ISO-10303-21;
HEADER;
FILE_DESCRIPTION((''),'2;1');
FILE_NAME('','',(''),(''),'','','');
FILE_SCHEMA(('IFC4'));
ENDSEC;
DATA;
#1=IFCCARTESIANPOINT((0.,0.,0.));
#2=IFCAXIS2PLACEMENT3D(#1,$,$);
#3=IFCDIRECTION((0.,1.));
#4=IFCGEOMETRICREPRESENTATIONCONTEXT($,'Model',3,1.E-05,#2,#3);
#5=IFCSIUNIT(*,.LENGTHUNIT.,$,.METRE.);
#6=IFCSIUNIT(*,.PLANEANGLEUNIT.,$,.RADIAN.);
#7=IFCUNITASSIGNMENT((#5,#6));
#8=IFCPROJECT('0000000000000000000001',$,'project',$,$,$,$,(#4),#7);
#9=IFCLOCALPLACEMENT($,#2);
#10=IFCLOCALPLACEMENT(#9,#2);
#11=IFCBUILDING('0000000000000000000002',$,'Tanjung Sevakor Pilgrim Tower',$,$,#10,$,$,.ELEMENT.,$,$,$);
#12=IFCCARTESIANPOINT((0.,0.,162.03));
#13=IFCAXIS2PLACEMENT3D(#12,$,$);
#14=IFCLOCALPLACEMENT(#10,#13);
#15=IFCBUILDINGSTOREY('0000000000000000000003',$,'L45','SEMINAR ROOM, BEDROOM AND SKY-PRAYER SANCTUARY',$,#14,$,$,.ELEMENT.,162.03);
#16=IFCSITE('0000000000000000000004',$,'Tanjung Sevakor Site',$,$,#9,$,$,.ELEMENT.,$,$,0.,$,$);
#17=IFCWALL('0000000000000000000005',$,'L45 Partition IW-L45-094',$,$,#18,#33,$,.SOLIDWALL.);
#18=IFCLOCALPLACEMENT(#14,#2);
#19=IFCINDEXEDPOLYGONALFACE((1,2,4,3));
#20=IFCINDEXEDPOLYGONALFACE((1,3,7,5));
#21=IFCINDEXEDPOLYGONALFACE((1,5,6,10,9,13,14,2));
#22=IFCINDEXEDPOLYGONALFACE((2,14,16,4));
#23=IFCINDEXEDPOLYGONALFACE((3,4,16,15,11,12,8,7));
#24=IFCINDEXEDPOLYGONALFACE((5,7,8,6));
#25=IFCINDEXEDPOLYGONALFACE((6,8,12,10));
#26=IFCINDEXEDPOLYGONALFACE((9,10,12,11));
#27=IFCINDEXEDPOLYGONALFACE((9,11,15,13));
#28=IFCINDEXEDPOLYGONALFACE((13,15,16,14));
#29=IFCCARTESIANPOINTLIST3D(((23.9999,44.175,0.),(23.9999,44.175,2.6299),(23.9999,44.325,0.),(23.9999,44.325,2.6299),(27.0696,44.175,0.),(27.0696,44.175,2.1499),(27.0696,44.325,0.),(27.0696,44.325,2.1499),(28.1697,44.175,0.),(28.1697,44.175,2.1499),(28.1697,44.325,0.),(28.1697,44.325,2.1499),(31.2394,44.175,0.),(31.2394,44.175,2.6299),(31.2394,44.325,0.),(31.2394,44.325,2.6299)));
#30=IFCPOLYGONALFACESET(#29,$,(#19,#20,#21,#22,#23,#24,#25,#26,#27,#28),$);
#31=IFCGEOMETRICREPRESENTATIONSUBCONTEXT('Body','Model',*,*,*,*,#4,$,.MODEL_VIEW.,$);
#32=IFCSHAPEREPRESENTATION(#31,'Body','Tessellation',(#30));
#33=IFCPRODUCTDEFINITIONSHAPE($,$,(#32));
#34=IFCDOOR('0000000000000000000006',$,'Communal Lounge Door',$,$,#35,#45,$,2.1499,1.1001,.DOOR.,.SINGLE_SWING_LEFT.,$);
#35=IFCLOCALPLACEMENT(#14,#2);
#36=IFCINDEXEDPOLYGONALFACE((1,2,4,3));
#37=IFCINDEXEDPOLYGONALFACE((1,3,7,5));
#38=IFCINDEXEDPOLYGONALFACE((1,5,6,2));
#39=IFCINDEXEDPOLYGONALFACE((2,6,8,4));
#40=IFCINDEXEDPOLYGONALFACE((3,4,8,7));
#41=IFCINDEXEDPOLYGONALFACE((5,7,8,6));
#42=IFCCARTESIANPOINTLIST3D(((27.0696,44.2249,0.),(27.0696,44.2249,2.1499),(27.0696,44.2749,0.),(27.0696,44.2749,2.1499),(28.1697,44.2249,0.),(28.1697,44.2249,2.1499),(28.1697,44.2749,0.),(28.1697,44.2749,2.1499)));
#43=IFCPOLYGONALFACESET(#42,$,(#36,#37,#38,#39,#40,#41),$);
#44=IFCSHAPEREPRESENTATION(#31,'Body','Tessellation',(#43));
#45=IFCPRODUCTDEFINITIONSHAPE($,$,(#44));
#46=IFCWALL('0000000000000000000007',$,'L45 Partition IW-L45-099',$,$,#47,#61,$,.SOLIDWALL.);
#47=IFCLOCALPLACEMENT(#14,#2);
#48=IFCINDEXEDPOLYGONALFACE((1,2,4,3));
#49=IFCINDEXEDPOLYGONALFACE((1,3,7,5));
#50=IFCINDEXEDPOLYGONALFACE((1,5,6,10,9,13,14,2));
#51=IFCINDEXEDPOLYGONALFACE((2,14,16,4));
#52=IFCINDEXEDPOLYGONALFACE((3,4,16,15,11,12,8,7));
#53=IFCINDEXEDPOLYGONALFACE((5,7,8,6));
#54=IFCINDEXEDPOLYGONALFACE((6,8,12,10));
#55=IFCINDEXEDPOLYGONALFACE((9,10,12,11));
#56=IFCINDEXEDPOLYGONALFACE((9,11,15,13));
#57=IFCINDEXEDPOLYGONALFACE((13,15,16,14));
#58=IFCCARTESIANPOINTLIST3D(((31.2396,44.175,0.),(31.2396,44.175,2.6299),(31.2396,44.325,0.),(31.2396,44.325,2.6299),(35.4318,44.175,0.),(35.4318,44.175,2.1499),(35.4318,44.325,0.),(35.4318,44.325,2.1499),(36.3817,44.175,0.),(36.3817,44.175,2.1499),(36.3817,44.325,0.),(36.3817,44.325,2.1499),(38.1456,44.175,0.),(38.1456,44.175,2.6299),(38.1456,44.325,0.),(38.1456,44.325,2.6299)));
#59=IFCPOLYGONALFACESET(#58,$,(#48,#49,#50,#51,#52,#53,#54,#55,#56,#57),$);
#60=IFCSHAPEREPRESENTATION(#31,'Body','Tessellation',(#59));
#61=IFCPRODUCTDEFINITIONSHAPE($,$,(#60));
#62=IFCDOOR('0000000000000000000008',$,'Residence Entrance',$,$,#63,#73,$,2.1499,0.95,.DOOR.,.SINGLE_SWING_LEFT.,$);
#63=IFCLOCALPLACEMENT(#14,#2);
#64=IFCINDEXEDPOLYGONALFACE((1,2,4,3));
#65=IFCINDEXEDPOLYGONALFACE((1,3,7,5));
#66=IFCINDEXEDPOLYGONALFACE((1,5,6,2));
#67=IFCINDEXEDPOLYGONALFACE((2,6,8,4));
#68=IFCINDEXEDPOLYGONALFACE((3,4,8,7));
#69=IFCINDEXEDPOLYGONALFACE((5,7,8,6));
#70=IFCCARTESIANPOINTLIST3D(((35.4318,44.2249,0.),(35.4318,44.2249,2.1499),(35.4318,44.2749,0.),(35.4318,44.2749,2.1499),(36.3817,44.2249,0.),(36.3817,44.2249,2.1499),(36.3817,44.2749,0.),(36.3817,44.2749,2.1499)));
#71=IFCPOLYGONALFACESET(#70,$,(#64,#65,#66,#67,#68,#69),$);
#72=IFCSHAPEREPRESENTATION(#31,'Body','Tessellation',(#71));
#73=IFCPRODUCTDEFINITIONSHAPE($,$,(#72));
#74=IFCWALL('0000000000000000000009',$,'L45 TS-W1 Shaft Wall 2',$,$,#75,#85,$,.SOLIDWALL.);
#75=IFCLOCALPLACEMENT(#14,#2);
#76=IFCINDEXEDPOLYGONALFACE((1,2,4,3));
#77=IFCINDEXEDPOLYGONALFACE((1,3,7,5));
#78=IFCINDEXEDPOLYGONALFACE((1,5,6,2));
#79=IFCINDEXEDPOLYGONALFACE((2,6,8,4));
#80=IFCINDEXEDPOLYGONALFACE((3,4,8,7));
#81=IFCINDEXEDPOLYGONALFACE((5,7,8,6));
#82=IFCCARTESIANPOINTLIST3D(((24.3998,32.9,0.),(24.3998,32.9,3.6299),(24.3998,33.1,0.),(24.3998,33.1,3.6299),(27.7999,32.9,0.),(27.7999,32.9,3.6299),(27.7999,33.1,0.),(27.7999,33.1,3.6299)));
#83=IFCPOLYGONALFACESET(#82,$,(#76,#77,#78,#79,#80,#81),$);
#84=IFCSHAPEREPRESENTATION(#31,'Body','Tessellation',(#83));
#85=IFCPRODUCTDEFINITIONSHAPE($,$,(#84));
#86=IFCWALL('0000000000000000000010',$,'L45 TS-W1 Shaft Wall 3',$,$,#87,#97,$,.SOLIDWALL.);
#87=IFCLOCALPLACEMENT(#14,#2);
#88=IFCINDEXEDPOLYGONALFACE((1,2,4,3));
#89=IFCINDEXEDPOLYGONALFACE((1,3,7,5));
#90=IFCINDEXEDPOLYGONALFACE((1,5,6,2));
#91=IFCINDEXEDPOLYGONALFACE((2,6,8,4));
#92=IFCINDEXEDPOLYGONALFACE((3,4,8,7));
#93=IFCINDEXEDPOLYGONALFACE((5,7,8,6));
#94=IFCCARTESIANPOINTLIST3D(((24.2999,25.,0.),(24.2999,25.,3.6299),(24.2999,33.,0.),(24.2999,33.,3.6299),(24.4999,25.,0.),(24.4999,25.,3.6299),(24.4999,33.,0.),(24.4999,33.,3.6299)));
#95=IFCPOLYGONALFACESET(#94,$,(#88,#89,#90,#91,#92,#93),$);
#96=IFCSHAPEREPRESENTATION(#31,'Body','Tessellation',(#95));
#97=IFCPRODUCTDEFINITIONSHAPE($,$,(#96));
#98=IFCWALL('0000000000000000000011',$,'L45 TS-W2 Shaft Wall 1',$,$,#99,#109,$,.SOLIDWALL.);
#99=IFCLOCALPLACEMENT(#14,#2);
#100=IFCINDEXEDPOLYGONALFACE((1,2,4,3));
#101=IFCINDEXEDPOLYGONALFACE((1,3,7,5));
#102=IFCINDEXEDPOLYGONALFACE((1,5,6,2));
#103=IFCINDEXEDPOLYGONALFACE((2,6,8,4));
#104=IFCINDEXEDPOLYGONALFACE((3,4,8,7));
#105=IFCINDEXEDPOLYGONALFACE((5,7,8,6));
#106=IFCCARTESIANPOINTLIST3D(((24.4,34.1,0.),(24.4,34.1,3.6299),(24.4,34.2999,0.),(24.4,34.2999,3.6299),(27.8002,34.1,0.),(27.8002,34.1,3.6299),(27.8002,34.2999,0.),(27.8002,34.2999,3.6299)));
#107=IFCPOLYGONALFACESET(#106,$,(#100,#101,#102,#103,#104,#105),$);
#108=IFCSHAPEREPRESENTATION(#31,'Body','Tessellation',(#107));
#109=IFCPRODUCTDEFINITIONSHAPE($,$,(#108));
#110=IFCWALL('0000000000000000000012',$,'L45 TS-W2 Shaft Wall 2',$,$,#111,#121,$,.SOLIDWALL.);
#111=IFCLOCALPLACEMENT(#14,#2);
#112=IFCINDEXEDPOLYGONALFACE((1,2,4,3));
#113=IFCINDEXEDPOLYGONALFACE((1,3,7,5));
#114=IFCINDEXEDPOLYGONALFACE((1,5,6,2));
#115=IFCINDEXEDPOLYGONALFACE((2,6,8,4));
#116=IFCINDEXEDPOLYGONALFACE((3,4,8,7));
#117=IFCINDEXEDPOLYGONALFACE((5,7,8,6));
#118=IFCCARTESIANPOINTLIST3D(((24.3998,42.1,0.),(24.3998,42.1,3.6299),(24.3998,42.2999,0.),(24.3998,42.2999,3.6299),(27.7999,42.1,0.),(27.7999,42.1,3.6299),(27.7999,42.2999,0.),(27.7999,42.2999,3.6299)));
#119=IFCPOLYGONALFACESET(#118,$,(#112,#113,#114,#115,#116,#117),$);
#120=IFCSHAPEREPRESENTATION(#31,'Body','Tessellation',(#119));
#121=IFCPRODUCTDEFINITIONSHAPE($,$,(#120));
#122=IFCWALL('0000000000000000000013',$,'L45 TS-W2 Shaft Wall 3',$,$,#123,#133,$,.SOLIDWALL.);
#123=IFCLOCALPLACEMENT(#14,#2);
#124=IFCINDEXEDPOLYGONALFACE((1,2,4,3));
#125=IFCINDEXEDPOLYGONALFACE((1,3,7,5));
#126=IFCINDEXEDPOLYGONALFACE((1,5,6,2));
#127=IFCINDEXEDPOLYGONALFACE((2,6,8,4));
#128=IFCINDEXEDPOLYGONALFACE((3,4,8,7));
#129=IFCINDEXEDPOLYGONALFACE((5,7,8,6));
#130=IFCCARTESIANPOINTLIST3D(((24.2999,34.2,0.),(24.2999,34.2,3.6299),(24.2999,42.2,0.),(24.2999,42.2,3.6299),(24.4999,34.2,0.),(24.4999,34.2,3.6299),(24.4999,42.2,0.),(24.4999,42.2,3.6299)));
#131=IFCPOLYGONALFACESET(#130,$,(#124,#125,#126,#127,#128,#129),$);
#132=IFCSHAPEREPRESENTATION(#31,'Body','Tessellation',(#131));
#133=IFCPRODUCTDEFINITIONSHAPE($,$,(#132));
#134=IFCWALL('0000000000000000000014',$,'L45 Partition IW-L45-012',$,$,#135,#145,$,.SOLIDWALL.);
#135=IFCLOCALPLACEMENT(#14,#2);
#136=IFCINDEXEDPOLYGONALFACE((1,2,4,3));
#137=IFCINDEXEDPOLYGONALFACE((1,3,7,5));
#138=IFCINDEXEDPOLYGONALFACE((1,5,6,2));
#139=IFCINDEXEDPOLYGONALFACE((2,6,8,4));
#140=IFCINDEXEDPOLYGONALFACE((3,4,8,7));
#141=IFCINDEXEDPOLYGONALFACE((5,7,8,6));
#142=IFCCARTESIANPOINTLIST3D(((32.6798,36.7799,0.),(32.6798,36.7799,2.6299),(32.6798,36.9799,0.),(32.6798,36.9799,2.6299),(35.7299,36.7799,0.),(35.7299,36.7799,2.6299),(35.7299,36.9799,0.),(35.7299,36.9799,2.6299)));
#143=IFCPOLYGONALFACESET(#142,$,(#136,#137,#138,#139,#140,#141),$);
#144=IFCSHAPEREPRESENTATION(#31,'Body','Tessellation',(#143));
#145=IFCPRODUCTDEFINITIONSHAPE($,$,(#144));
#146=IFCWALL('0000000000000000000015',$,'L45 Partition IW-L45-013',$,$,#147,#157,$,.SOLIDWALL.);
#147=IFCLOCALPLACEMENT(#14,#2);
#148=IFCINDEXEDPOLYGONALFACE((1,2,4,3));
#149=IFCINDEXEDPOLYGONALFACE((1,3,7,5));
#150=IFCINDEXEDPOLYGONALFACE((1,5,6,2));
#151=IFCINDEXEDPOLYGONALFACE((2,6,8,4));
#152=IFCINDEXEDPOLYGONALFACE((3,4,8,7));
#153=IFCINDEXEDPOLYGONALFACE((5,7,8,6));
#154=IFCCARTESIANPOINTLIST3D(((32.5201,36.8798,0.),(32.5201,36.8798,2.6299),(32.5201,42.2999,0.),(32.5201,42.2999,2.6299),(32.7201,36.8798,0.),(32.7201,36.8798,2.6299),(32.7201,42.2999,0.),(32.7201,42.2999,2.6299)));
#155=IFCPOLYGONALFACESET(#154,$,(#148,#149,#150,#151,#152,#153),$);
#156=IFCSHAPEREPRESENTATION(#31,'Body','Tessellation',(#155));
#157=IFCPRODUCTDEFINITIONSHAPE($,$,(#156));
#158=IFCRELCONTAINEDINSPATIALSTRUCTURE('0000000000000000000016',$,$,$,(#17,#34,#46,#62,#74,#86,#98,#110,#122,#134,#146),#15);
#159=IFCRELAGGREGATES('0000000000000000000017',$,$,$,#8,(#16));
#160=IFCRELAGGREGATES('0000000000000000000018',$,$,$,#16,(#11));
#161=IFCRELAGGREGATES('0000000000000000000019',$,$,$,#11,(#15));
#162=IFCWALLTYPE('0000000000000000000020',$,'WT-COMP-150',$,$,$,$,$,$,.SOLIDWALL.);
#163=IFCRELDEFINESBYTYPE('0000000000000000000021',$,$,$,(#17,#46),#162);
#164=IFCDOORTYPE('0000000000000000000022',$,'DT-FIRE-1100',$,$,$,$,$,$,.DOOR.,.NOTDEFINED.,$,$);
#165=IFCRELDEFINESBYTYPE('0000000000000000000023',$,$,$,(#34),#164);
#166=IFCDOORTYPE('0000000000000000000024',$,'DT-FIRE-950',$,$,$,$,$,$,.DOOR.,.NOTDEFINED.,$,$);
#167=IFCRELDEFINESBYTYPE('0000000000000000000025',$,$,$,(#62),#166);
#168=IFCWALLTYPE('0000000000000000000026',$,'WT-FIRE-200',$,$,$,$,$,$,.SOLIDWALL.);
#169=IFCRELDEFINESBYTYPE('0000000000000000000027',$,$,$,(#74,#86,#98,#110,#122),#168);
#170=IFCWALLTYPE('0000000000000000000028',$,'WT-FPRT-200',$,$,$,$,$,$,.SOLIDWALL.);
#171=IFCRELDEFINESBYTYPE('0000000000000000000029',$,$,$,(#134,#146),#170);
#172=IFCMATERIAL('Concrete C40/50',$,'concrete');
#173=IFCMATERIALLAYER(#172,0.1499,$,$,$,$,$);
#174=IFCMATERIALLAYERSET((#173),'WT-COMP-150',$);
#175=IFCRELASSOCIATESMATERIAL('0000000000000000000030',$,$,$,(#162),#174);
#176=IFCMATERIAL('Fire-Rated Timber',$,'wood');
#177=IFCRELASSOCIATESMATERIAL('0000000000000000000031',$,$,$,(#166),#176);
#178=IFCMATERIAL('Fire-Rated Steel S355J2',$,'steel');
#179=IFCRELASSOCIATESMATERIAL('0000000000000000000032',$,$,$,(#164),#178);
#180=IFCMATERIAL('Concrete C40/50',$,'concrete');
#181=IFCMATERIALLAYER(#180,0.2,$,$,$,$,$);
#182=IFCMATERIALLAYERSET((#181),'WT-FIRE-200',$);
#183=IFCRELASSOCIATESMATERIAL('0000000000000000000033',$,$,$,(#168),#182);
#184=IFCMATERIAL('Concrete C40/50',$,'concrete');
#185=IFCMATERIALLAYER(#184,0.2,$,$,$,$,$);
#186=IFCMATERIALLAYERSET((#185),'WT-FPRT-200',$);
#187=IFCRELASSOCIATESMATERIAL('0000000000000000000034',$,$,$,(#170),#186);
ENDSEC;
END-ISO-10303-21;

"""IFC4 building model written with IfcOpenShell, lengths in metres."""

from ifc_helpers import new_model, si_unit, direction, frame, frame_2d, origin, place, context, subcontext, project, spatial, rectangle, extrude, material, layer, layer_set, type_object, element, fill, save


model = new_model("IFC4")

# Units and contexts
model_context = context("Model", 3, precision=1e-05, world=origin(), true_north=direction((0.0, 1.0)))
body_context = subcontext(model_context, "Body", "Model", "MODEL_VIEW")
ifc_project = project(units=[si_unit("LENGTHUNIT", "METRE"), si_unit("PLANEANGLEUNIT", "RADIAN")], contexts=[model_context])

# Site, building, storey
site_placement = place(None, origin())
site = spatial("IfcSite", under=ifc_project, at=site_placement, Name="Tanjung Sevakor Site", CompositionType="ELEMENT", RefElevation=0.0)
building_placement = place(site_placement, origin())
building = spatial("IfcBuilding", under=site, at=building_placement, Name="Tanjung Sevakor Pilgrim Tower", CompositionType="ELEMENT")
storey_placement = place(building_placement, frame((0.0, 0.0, 162.03)))
storey = spatial("IfcBuildingStorey", under=building, at=storey_placement, Name="L45", Description="SEMINAR ROOM, BEDROOM AND SKY-PRAYER SANCTUARY", CompositionType="ELEMENT", Elevation=162.03)

# Shared definitions
ifc_material_1 = material(Name="Concrete C40/50", Category="concrete")
ifc_layer_1 = layer(ifc_material_1, 0.1499)
ifc_layer_set_1 = layer_set([ifc_layer_1], Name="WT-COMP-150")
wall_type_1 = type_object("IfcWallType", Name="WT-COMP-150", PredefinedType="SOLIDWALL", material=ifc_layer_set_1)

# Shared definitions
ifc_material_2 = material(Name="Fire-Rated Timber", Category="wood")
door_type_1 = type_object("IfcDoorType", Name="DT-FIRE-950", OperationType="NOTDEFINED", PredefinedType="DOOR", material=ifc_material_2)

# Walls, openings, doors
wall_1_placement = place(storey_placement, frame((24.0, 44.25, 0.0), z_axis=(0.0, 0.0, 1.0), x_axis=(1.0, 0.0, 0.0)))
wall_1 = element("IfcWall", 1, at=wall_1_placement, inside=storey, type_object=wall_type_1, Name="L45 Partition IW-L45-094", PredefinedType="SOLIDWALL", context=body_context, shape_type="SweptSolid", body=[
    extrude(rectangle(XDim=7.2395, YDim=0.1499, at=frame_2d((3.6196, 0.0))), origin(), (0.0, 0.0, 1.0), 2.6299),
])
opening_1_placement = place(wall_1_placement, frame((3.0696, 0.0, 0.0)))
opening_1 = element("IfcOpeningElement", 2, at=opening_1_placement, cuts=wall_1, PredefinedType="OPENING", context=body_context, shape_type="SweptSolid", body=[
    extrude(rectangle(XDim=1.1001, YDim=2.1499, at=frame_2d((0.55, 1.075))), frame((0.0, 0.085, 0.0), z_axis=(0.0, -1.0, 0.0), x_axis=(1.0, 0.0, 0.0)), (0.0, 0.0, 1.0), 0.1699),
])
ifc_material_3 = material(Name="Fire-Rated Steel S355J2", Category="steel")
door_type_2 = type_object("IfcDoorType", Name="DT-FIRE-1100", OperationType="NOTDEFINED", PredefinedType="DOOR", material=ifc_material_3)
door_1_placement = place(opening_1_placement, origin())
door_1 = element("IfcDoor", 3, at=door_1_placement, inside=storey, type_object=door_type_2, Name="Communal Lounge Door", OperationType="SINGLE_SWING_LEFT", OverallHeight=2.1499, OverallWidth=1.1001, PredefinedType="DOOR", context=body_context, shape_type="SweptSolid", body=[
    extrude(rectangle(XDim=1.1001, YDim=2.1499, at=frame_2d((0.55, 1.075))), frame((0.0, 0.0249, 0.0), z_axis=(0.0, -1.0, 0.0), x_axis=(1.0, 0.0, 0.0)), (0.0, 0.0, 1.0), 0.05),
])
fill(opening_1, door_1)
wall_2_placement = place(storey_placement, frame((31.2395, 44.25, 0.0), z_axis=(0.0, 0.0, 1.0), x_axis=(1.0, 0.0, 0.0)))
wall_2 = element("IfcWall", 4, at=wall_2_placement, inside=storey, type_object=wall_type_1, Name="L45 Partition IW-L45-099", PredefinedType="SOLIDWALL", context=body_context, shape_type="SweptSolid", body=[
    extrude(rectangle(XDim=6.906, YDim=0.1499, at=frame_2d((3.4531, 0.0))), origin(), (0.0, 0.0, 1.0), 2.6299),
])
opening_2_placement = place(wall_2_placement, frame((4.1921, 0.0, 0.0)))
opening_2 = element("IfcOpeningElement", 5, at=opening_2_placement, cuts=wall_2, PredefinedType="OPENING", context=body_context, shape_type="SweptSolid", body=[
    extrude(rectangle(XDim=0.95, YDim=2.1499, at=frame_2d((0.4751, 1.075))), frame((0.0, 0.085, 0.0), z_axis=(0.0, -1.0, 0.0), x_axis=(1.0, 0.0, 0.0)), (0.0, 0.0, 1.0), 0.1699),
])
door_2_placement = place(opening_2_placement, origin())
door_2 = element("IfcDoor", 6, at=door_2_placement, inside=storey, type_object=door_type_1, Name="Residence Entrance", OperationType="SINGLE_SWING_LEFT", OverallHeight=2.1499, OverallWidth=0.95, PredefinedType="DOOR", context=body_context, shape_type="SweptSolid", body=[
    extrude(rectangle(XDim=0.95, YDim=2.1499, at=frame_2d((0.4751, 1.075))), frame((0.0, 0.0249, 0.0), z_axis=(0.0, -1.0, 0.0), x_axis=(1.0, 0.0, 0.0)), (0.0, 0.0, 1.0), 0.05),
])
fill(opening_2, door_2)

# Walls
ifc_material_4 = material(Name="Concrete C40/50", Category="concrete")
ifc_layer_2 = layer(ifc_material_4, 0.2)
ifc_layer_set_2 = layer_set([ifc_layer_2], Name="WT-FIRE-200")
wall_type_2 = type_object("IfcWallType", Name="WT-FIRE-200", PredefinedType="SOLIDWALL", material=ifc_layer_set_2)
wall_3_placement = place(storey_placement, frame((27.8, 33.0, 0.0), z_axis=(0.0, 0.0, 1.0), x_axis=(-1.0, 0.0, 0.0)))
element("IfcWall", 7, at=wall_3_placement, inside=storey, type_object=wall_type_2, Name="L45 TS-W1 Shaft Wall 2", PredefinedType="SOLIDWALL", context=body_context, shape_type="SweptSolid", body=[
    extrude(rectangle(XDim=3.4001, YDim=0.2, at=frame_2d((1.7002, 0.0))), origin(), (0.0, 0.0, 1.0), 3.6299),
])
wall_4_placement = place(storey_placement, frame((24.3999, 33.0, 0.0), z_axis=(0.0, 0.0, 1.0), x_axis=(0.0, -1.0, 0.0)))
element("IfcWall", 8, at=wall_4_placement, inside=storey, type_object=wall_type_2, Name="L45 TS-W1 Shaft Wall 3", PredefinedType="SOLIDWALL", context=body_context, shape_type="SweptSolid", body=[
    extrude(rectangle(XDim=8.0, YDim=0.2, at=frame_2d((4.0, 0.0))), origin(), (0.0, 0.0, 1.0), 3.6299),
])
for number, where, z_axis, x_axis, name in (
    (9, (24.3999, 34.2, 0.0), (0.0, 0.0, 1.0), (1.0, 0.0, 0.0), "L45 TS-W2 Shaft Wall 1"),
    (10, (27.8, 42.2, 0.0), (0.0, 0.0, 1.0), (-1.0, 0.0, 0.0), "L45 TS-W2 Shaft Wall 2"),
):
    element("IfcWall", number, at=place(storey_placement, frame(where, z_axis=z_axis, x_axis=x_axis)), inside=storey, type_object=wall_type_2, Name=name, PredefinedType="SOLIDWALL", context=body_context, shape_type="SweptSolid", body=[
        extrude(rectangle(XDim=3.4001, YDim=0.2, at=frame_2d((1.7002, 0.0))), origin(), (0.0, 0.0, 1.0), 3.6299),
    ])
wall_5_placement = place(storey_placement, frame((24.3999, 42.2, 0.0), z_axis=(0.0, 0.0, 1.0), x_axis=(0.0, -1.0, 0.0)))
element("IfcWall", 11, at=wall_5_placement, inside=storey, type_object=wall_type_2, Name="L45 TS-W2 Shaft Wall 3", PredefinedType="SOLIDWALL", context=body_context, shape_type="SweptSolid", body=[
    extrude(rectangle(XDim=8.0, YDim=0.2, at=frame_2d((4.0, 0.0))), origin(), (0.0, 0.0, 1.0), 3.6299),
])
ifc_material_5 = material(Name="Concrete C40/50", Category="concrete")
ifc_layer_3 = layer(ifc_material_5, 0.2)
ifc_layer_set_3 = layer_set([ifc_layer_3], Name="WT-FPRT-200")
wall_type_3 = type_object("IfcWallType", Name="WT-FPRT-200", PredefinedType="SOLIDWALL", material=ifc_layer_set_3)
wall_6_placement = place(storey_placement, frame((32.6799, 36.8799, 0.0), z_axis=(0.0, 0.0, 1.0), x_axis=(1.0, 0.0, 0.0)))
element("IfcWall", 12, at=wall_6_placement, inside=storey, type_object=wall_type_3, Name="L45 Partition IW-L45-012", PredefinedType="SOLIDWALL", context=body_context, shape_type="SweptSolid", body=[
    extrude(rectangle(XDim=3.05, YDim=0.2, at=frame_2d((1.5249, 0.0))), origin(), (0.0, 0.0, 1.0), 2.6299),
])
wall_7_placement = place(storey_placement, frame((32.6201, 36.8799, 0.0), z_axis=(0.0, 0.0, 1.0), x_axis=(0.0, 1.0, 0.0)))
element("IfcWall", 13, at=wall_7_placement, inside=storey, type_object=wall_type_3, Name="L45 Partition IW-L45-013", PredefinedType="SOLIDWALL", context=body_context, shape_type="SweptSolid", body=[
    extrude(rectangle(XDim=5.4202, YDim=0.2, at=frame_2d((2.71, 0.0))), origin(), (0.0, 0.0, 1.0), 2.6299),
])

save(model, "model.ifc")
